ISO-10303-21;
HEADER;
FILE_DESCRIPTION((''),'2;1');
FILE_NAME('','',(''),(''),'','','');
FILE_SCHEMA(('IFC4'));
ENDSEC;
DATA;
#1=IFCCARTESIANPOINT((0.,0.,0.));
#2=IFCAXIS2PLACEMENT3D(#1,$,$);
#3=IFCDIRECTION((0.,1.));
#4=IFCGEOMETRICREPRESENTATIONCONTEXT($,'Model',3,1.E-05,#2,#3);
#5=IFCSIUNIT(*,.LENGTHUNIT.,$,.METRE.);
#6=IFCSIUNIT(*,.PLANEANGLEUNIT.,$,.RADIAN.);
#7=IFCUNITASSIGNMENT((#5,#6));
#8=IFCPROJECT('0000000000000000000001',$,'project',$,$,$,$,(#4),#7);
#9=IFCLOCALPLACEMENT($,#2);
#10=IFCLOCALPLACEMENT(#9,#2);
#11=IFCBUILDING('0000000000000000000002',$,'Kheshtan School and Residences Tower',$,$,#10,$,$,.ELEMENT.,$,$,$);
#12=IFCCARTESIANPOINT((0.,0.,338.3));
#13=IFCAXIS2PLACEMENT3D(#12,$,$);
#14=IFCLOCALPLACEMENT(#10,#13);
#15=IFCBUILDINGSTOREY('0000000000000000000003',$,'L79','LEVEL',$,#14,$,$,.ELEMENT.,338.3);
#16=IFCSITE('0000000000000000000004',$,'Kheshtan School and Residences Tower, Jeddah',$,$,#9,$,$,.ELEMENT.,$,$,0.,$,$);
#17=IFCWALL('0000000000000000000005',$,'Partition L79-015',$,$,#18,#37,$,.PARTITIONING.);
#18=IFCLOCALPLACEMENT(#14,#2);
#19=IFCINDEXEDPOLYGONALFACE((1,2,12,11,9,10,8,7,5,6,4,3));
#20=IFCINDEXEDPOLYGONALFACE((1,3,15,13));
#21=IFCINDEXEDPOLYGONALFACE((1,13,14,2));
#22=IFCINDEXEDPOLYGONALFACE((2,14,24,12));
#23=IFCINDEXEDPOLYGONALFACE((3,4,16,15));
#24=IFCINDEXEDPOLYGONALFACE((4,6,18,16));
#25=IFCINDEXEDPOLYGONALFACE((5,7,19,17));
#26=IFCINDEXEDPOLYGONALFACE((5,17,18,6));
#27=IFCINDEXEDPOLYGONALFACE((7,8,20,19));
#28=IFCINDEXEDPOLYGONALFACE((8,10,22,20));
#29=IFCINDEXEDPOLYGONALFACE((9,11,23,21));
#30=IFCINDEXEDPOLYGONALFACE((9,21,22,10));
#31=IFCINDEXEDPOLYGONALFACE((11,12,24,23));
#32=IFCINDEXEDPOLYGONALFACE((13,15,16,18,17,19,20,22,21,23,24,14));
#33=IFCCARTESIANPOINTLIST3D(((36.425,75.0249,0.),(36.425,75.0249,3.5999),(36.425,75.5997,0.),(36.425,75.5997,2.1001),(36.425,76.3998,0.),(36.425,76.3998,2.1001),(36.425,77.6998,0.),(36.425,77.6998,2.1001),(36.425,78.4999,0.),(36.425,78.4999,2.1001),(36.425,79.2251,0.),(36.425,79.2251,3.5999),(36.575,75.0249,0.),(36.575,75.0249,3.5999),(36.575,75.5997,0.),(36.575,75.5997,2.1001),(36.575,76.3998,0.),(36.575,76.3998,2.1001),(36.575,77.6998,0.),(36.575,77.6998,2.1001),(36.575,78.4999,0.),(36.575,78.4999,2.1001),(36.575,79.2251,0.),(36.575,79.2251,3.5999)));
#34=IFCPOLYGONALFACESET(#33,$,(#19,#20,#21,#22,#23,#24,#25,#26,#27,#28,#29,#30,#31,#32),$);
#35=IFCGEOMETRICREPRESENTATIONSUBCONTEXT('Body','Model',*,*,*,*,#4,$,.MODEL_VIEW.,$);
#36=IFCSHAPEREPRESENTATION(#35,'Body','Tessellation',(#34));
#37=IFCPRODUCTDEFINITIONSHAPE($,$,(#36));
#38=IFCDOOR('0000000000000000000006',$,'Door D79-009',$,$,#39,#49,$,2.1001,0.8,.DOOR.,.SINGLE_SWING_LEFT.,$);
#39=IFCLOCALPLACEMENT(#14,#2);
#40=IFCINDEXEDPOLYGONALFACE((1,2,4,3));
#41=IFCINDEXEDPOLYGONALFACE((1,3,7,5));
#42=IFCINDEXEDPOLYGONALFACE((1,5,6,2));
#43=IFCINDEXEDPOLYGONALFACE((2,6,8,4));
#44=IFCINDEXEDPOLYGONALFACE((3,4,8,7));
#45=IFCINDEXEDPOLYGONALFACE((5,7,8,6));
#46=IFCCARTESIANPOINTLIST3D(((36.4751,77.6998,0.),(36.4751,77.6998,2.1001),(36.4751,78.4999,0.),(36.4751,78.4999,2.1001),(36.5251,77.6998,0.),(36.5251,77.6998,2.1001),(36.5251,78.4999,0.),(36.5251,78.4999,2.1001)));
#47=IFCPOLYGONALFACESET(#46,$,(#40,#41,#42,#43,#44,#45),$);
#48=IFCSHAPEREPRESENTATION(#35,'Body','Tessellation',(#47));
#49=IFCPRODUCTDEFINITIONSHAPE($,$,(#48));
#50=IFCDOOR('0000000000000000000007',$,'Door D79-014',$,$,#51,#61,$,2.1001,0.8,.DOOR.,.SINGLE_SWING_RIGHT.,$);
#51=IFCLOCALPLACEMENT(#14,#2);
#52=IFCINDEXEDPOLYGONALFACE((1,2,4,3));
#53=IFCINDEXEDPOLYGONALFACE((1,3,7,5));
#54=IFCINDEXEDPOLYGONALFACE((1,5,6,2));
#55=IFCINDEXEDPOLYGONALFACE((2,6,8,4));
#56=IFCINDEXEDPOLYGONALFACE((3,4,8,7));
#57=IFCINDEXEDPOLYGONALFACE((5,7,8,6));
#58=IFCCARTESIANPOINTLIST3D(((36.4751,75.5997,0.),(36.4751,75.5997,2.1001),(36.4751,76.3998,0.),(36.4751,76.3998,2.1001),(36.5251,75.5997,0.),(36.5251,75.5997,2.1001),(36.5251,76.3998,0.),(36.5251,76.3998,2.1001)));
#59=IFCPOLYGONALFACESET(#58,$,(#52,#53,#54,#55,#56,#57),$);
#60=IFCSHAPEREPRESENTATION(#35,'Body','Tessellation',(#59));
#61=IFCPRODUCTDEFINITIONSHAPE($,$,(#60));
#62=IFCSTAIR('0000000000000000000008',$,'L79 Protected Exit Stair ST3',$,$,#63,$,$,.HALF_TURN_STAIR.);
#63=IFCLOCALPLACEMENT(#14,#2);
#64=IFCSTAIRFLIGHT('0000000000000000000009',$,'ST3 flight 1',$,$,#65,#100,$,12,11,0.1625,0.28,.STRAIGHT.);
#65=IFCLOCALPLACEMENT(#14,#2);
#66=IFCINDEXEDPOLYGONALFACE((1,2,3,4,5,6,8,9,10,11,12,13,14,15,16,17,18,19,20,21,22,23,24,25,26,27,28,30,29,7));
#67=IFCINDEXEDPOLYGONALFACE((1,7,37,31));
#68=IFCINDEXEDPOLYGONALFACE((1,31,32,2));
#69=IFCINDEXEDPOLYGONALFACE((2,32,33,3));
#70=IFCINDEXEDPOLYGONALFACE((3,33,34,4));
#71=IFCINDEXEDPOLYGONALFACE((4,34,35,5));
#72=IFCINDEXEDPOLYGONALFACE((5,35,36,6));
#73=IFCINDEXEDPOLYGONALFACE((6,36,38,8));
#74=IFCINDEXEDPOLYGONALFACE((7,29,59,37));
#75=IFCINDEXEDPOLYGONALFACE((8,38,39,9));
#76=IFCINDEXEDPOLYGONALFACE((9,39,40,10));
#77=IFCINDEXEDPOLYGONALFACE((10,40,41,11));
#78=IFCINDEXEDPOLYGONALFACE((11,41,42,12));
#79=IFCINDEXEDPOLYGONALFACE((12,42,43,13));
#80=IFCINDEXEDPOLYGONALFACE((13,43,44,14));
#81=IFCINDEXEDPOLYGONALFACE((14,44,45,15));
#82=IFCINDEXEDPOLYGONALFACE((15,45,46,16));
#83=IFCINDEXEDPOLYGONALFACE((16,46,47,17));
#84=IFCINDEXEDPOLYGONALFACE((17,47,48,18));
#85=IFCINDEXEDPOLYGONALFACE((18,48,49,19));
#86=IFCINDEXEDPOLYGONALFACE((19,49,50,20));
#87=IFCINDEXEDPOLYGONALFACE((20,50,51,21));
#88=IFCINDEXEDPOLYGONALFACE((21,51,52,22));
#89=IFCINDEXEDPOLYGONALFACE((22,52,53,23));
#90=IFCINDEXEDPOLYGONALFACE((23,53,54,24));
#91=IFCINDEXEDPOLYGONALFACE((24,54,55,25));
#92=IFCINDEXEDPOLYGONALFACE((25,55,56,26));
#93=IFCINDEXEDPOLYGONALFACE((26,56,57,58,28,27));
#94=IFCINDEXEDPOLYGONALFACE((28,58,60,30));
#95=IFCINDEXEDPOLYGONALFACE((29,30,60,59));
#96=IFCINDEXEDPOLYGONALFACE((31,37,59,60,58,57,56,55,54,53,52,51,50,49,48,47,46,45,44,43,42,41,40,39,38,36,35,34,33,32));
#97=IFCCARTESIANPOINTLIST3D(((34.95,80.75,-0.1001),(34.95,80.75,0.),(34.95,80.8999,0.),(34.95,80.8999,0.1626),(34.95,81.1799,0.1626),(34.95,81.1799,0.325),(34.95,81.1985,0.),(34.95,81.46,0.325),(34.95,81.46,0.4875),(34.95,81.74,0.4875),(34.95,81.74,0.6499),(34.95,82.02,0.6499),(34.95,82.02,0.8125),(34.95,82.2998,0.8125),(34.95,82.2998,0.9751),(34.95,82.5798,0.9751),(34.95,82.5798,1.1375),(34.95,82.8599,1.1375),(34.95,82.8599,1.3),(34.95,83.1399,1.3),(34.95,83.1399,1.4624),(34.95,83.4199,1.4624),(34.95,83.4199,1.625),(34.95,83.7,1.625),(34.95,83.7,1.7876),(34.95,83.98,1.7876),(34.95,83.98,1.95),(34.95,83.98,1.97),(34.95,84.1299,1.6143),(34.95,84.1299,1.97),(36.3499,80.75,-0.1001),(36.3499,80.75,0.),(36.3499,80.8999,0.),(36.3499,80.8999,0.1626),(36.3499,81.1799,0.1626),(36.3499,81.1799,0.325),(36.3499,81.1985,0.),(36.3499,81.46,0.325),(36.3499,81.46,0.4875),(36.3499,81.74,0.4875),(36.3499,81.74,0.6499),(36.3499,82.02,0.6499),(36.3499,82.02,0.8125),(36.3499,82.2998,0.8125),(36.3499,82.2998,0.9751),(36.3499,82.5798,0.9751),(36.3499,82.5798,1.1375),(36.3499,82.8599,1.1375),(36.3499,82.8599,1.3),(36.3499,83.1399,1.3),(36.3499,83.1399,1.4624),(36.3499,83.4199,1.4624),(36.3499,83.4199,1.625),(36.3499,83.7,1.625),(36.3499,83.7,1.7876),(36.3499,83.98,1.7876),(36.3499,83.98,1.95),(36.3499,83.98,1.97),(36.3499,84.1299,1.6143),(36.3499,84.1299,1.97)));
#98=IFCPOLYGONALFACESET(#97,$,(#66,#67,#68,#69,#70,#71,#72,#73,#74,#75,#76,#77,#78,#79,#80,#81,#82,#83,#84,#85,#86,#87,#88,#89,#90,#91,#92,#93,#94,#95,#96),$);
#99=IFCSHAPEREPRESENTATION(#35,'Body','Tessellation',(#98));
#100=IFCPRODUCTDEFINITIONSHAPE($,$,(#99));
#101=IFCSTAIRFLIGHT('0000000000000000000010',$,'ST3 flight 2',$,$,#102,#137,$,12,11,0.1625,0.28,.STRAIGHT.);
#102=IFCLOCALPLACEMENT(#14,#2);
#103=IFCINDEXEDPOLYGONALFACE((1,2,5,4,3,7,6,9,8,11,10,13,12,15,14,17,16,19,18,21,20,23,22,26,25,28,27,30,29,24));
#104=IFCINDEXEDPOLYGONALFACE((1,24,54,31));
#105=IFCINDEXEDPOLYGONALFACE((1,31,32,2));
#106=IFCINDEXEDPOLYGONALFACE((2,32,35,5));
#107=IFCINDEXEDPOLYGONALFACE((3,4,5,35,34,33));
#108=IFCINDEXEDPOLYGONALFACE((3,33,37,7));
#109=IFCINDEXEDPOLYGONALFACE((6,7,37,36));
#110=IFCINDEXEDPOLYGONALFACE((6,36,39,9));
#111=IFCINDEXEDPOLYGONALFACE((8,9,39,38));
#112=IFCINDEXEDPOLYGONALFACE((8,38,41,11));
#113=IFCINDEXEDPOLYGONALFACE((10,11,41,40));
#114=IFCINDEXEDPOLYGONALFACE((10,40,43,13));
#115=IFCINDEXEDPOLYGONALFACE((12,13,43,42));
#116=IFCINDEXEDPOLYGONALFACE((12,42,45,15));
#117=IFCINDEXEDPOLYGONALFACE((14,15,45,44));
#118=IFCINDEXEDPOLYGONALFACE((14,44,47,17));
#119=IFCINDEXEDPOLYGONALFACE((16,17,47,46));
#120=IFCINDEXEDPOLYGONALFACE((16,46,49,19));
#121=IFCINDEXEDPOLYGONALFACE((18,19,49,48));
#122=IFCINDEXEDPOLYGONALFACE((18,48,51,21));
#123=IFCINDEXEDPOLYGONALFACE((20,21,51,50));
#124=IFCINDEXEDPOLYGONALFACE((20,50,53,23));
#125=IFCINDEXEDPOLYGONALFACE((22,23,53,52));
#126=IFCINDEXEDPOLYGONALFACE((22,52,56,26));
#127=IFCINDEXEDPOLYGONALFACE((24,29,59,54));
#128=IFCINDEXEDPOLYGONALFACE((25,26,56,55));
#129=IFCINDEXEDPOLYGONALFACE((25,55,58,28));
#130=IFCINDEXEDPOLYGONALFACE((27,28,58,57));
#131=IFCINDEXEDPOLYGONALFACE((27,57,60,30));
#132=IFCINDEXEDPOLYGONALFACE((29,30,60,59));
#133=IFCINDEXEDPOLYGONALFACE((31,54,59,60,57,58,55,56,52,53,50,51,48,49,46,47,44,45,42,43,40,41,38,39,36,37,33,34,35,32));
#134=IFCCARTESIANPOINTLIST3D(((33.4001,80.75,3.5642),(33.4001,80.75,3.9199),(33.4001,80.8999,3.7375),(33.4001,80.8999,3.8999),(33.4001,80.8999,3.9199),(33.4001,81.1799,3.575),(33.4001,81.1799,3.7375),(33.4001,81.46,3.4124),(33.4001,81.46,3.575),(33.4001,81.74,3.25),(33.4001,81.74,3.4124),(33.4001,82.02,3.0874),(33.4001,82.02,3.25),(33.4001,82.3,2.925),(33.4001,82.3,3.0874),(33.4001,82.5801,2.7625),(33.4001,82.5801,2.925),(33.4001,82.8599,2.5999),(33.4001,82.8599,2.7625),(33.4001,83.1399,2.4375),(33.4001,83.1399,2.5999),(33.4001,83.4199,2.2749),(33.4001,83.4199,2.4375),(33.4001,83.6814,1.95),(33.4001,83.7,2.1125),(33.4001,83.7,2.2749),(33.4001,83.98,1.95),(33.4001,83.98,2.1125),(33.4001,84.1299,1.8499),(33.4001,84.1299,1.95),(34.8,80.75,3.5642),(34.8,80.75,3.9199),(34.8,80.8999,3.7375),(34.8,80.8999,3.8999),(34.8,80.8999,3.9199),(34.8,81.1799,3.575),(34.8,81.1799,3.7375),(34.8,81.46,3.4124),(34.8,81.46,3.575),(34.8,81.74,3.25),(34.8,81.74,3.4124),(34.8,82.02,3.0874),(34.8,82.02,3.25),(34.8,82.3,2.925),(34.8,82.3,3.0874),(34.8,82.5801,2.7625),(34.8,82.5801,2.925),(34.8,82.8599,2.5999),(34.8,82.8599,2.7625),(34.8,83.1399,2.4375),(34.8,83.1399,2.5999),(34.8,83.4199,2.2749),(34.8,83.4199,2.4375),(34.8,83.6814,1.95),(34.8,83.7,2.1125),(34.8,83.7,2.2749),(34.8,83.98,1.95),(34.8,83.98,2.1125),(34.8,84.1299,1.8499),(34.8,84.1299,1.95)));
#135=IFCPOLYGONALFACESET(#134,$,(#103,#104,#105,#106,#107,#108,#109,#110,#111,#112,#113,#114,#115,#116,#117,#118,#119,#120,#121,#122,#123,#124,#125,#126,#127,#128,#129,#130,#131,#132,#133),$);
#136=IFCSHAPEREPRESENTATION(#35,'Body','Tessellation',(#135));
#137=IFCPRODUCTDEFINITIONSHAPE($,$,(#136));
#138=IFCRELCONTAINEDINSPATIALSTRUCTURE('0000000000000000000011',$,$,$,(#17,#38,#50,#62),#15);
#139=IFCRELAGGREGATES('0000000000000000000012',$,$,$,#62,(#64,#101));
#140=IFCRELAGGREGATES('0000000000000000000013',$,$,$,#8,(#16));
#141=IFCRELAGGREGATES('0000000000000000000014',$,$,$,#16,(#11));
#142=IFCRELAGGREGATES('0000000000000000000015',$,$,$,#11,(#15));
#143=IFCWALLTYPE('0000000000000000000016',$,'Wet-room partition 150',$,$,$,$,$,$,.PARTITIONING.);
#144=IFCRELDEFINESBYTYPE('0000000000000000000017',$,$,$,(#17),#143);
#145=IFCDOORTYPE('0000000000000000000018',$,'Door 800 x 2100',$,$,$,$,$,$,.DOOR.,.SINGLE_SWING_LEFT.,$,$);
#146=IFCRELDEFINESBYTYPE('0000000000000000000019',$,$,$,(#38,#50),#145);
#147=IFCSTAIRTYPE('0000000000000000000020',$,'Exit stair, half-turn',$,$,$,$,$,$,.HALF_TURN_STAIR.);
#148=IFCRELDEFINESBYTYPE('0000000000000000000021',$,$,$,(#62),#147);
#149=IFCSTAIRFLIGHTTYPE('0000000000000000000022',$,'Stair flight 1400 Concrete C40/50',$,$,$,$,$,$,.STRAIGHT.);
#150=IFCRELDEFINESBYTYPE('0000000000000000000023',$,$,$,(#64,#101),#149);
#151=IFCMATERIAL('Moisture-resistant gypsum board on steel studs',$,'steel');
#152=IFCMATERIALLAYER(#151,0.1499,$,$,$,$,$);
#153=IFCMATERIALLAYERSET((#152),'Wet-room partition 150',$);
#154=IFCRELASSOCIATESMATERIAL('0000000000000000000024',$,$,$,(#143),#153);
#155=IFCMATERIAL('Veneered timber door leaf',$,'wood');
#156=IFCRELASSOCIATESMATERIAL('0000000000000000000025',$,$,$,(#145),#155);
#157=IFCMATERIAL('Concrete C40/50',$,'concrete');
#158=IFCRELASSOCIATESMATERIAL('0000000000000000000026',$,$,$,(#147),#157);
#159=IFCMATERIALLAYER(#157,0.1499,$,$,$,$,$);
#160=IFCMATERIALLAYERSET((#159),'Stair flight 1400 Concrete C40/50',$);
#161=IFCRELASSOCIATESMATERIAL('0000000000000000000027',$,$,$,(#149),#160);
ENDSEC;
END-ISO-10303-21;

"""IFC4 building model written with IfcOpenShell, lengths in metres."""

from ifc_helpers import new_model, si_unit, direction, frame, frame_2d, origin, place, context, subcontext, project, spatial, polyline, rectangle, outline, extrude, source, transform, mapped, material, layer, layer_set, type_object, element, fill, aggregate, save


model = new_model("IFC4")

# Units and contexts
model_context = context("Model", 3, precision=1e-05, world=origin(), true_north=direction((0.0, 1.0)))
body_context = subcontext(model_context, "Body", "Model", "MODEL_VIEW")
ifc_project = project(units=[si_unit("LENGTHUNIT", "METRE"), si_unit("PLANEANGLEUNIT", "RADIAN")], contexts=[model_context])

# Site, building, storey
site_placement = place(None, origin())
site = spatial("IfcSite", under=ifc_project, at=site_placement, Name="Kheshtan School and Residences Tower, Jeddah", CompositionType="ELEMENT", RefElevation=0.0)
building_placement = place(site_placement, origin())
building = spatial("IfcBuilding", under=site, at=building_placement, Name="Kheshtan School and Residences Tower", CompositionType="ELEMENT")
storey_placement = place(building_placement, frame((0.0, 0.0, 338.3)))
storey = spatial("IfcBuildingStorey", under=building, at=storey_placement, Name="L79", Description="LEVEL", CompositionType="ELEMENT", Elevation=338.3)

# Shared definitions
ifc_material_1 = material(Name="Concrete C40/50", Category="concrete")

# Shared definitions
ifc_material_2 = material(Name="Moisture-resistant gypsum board on steel studs", Category="steel")
ifc_layer_1 = layer(ifc_material_2, 0.1499)
ifc_layer_set_1 = layer_set([ifc_layer_1], Name="Wet-room partition 150")
wall_type_1 = type_object("IfcWallType", Name="Wet-room partition 150", PredefinedType="PARTITIONING", material=ifc_layer_set_1)

# Shared definitions
ifc_material_3 = material(Name="Veneered timber door leaf", Category="wood")

# Wall, openings, doors
wall_1_placement = place(storey_placement, frame((36.5, 75.0249, 0.0), z_axis=(0.0, 0.0, 1.0), x_axis=(0.0, 1.0, 0.0)))
wall_1 = element("IfcWall", 1, at=wall_1_placement, inside=storey, type_object=wall_type_1, Name="Partition L79-015", PredefinedType="PARTITIONING", context=body_context, shape_type="SweptSolid", body=[
    extrude(rectangle(XDim=4.2002, YDim=0.1499, at=frame_2d((2.1001, 0.0))), origin(), (0.0, 0.0, 1.0), 3.5999),
])
opening_1_placement = place(wall_1_placement, frame((2.675, 0.0, 0.0)))
opening_1 = element("IfcOpeningElement", 2, at=opening_1_placement, cuts=wall_1, PredefinedType="OPENING", context=body_context, shape_type="SweptSolid", body=[
    extrude(rectangle(XDim=0.8, YDim=2.1001, at=frame_2d((0.3999, 1.05))), frame((0.0, 0.085, 0.0), z_axis=(0.0, -1.0, 0.0), x_axis=(1.0, 0.0, 0.0)), (0.0, 0.0, 1.0), 0.1699),
])
opening_2_placement = place(wall_1_placement, frame((0.575, 0.0, 0.0)))
opening_2 = element("IfcOpeningElement", 3, at=opening_2_placement, cuts=wall_1, PredefinedType="OPENING", context=body_context, shape_type="SweptSolid", body=[
    extrude(rectangle(XDim=0.8, YDim=2.1001, at=frame_2d((0.3999, 1.05))), frame((0.0, 0.085, 0.0), z_axis=(0.0, -1.0, 0.0), x_axis=(1.0, 0.0, 0.0)), (0.0, 0.0, 1.0), 0.1699),
])
door_type_1 = type_object("IfcDoorType", Name="Door 800 x 2100", OperationType="SINGLE_SWING_LEFT", PredefinedType="DOOR", material=ifc_material_3)
shared_shape_1 = source(origin(), body_context, "Body", "SweptSolid", [
    extrude(rectangle(XDim=0.8, YDim=2.1001, at=frame_2d((0.3999, 1.05))), frame((0.0, 0.0249, 0.0), z_axis=(0.0, -1.0, 0.0), x_axis=(1.0, 0.0, 0.0)), (0.0, 0.0, 1.0), 0.05),
])
door_1_placement = place(opening_1_placement, origin())
door_1 = element("IfcDoor", 4, at=door_1_placement, inside=storey, type_object=door_type_1, Name="Door D79-009", OperationType="SINGLE_SWING_LEFT", OverallHeight=2.1001, OverallWidth=0.8, PredefinedType="DOOR", context=body_context, shape_type="MappedRepresentation", body=[
    mapped(shared_shape_1, transform((0.0, 0.0, 0.0), x_axis=(1.0, 0.0, 0.0), y_axis=(0.0, 1.0, 0.0), z_axis=(0.0, 0.0, 1.0), scale=1.0)),
])
fill(opening_1, door_1)
door_2_placement = place(opening_2_placement, origin())
door_2 = element("IfcDoor", 5, at=door_2_placement, inside=storey, type_object=door_type_1, Name="Door D79-014", OperationType="SINGLE_SWING_RIGHT", OverallHeight=2.1001, OverallWidth=0.8, PredefinedType="DOOR", context=body_context, shape_type="MappedRepresentation", body=[
    mapped(shared_shape_1, transform((0.0, 0.0, 0.0), x_axis=(1.0, 0.0, 0.0), y_axis=(0.0, 1.0, 0.0), z_axis=(0.0, 0.0, 1.0), scale=1.0)),
])
fill(opening_2, door_2)

# Stair, stair flights
stair_type = type_object("IfcStairType", Name="Exit stair, half-turn", PredefinedType="HALF_TURN_STAIR", material=ifc_material_1)
stair_placement = place(storey_placement, origin())
stair = element("IfcStair", 6, at=stair_placement, inside=storey, type_object=stair_type, Name="L79 Protected Exit Stair ST3", PredefinedType="HALF_TURN_STAIR")
ifc_layer_2 = layer(ifc_material_1, 0.1499)
ifc_layer_set_2 = layer_set([ifc_layer_2], Name="Stair flight 1400 Concrete C40/50")
stair_flight_type = type_object("IfcStairFlightType", Name="Stair flight 1400 Concrete C40/50", PredefinedType="STRAIGHT", material=ifc_layer_set_2)
stair_flight_1_placement = place(storey_placement, frame((35.6499, 80.8999, 0.0), z_axis=(0.0, 0.0, 1.0), x_axis=(0.0, 1.0, 0.0)))
stair_flight_1 = element("IfcStairFlight", 7, at=stair_flight_1_placement, type_object=stair_flight_type, Name="ST3 flight 1", NumberOfRisers=12, NumberOfTreads=11, PredefinedType="STRAIGHT", RiserHeight=0.1625, TreadLength=0.28, context=body_context, shape_type="SweptSolid", body=[
    extrude(outline(polyline([(-0.1499, -0.1001), (-0.1499, 0.0), (0.0, 0.0), (0.0, 0.1626), (0.28, 0.1626), (0.28, 0.325), (0.5601, 0.325), (0.5601, 0.4875), (0.8401, 0.4875), (0.8401, 0.6499), (1.1201, 0.6499), (1.1201, 0.8125), (1.3999, 0.8125), (1.3999, 0.9751), (1.6799, 0.9751), (1.6799, 1.1375), (1.96, 1.1375), (1.96, 1.3), (2.24, 1.3), (2.24, 1.4624), (2.52, 1.4624), (2.52, 1.625), (2.8, 1.625), (2.8, 1.7876), (3.0801, 1.7876), (3.0801, 1.95), (3.0801, 1.97), (3.23, 1.97), (3.23, 1.6143), (0.2986, 0.0), (-0.1499, -0.1001)])), frame((0.0, 0.7, 0.0), z_axis=(0.0, -1.0, 0.0), x_axis=(1.0, 0.0, 0.0)), (0.0, 0.0, 1.0), 1.3999),
])
stair_flight_2_placement = place(storey_placement, frame((34.1001, 83.98, 1.95), z_axis=(0.0, 0.0, 1.0), x_axis=(0.0, -1.0, 0.0)))
stair_flight_2 = element("IfcStairFlight", 8, at=stair_flight_2_placement, type_object=stair_flight_type, Name="ST3 flight 2", NumberOfRisers=12, NumberOfTreads=11, PredefinedType="STRAIGHT", RiserHeight=0.1625, TreadLength=0.28, context=body_context, shape_type="SweptSolid", body=[
    extrude(outline(polyline([(-0.1499, -0.1001), (-0.1499, 0.0), (0.0, 0.0), (0.0, 0.1626), (0.28, 0.1626), (0.28, 0.325), (0.5601, 0.325), (0.5601, 0.4875), (0.8401, 0.4875), (0.8401, 0.6499), (1.1201, 0.6499), (1.1201, 0.8125), (1.3999, 0.8125), (1.3999, 0.9751), (1.6799, 0.9751), (1.6799, 1.1375), (1.96, 1.1375), (1.96, 1.3), (2.24, 1.3), (2.24, 1.4624), (2.52, 1.4624), (2.52, 1.625), (2.8, 1.625), (2.8, 1.7876), (3.0801, 1.7876), (3.0801, 1.95), (3.0801, 1.97), (3.23, 1.97), (3.23, 1.6143), (0.2986, 0.0), (-0.1499, -0.1001)])), frame((0.0, 0.7, 0.0), z_axis=(0.0, -1.0, 0.0), x_axis=(1.0, 0.0, 0.0)), (0.0, 0.0, 1.0), 1.3999),
])
aggregate(stair, [stair_flight_1, stair_flight_2])

save(model, "model.ifc")
